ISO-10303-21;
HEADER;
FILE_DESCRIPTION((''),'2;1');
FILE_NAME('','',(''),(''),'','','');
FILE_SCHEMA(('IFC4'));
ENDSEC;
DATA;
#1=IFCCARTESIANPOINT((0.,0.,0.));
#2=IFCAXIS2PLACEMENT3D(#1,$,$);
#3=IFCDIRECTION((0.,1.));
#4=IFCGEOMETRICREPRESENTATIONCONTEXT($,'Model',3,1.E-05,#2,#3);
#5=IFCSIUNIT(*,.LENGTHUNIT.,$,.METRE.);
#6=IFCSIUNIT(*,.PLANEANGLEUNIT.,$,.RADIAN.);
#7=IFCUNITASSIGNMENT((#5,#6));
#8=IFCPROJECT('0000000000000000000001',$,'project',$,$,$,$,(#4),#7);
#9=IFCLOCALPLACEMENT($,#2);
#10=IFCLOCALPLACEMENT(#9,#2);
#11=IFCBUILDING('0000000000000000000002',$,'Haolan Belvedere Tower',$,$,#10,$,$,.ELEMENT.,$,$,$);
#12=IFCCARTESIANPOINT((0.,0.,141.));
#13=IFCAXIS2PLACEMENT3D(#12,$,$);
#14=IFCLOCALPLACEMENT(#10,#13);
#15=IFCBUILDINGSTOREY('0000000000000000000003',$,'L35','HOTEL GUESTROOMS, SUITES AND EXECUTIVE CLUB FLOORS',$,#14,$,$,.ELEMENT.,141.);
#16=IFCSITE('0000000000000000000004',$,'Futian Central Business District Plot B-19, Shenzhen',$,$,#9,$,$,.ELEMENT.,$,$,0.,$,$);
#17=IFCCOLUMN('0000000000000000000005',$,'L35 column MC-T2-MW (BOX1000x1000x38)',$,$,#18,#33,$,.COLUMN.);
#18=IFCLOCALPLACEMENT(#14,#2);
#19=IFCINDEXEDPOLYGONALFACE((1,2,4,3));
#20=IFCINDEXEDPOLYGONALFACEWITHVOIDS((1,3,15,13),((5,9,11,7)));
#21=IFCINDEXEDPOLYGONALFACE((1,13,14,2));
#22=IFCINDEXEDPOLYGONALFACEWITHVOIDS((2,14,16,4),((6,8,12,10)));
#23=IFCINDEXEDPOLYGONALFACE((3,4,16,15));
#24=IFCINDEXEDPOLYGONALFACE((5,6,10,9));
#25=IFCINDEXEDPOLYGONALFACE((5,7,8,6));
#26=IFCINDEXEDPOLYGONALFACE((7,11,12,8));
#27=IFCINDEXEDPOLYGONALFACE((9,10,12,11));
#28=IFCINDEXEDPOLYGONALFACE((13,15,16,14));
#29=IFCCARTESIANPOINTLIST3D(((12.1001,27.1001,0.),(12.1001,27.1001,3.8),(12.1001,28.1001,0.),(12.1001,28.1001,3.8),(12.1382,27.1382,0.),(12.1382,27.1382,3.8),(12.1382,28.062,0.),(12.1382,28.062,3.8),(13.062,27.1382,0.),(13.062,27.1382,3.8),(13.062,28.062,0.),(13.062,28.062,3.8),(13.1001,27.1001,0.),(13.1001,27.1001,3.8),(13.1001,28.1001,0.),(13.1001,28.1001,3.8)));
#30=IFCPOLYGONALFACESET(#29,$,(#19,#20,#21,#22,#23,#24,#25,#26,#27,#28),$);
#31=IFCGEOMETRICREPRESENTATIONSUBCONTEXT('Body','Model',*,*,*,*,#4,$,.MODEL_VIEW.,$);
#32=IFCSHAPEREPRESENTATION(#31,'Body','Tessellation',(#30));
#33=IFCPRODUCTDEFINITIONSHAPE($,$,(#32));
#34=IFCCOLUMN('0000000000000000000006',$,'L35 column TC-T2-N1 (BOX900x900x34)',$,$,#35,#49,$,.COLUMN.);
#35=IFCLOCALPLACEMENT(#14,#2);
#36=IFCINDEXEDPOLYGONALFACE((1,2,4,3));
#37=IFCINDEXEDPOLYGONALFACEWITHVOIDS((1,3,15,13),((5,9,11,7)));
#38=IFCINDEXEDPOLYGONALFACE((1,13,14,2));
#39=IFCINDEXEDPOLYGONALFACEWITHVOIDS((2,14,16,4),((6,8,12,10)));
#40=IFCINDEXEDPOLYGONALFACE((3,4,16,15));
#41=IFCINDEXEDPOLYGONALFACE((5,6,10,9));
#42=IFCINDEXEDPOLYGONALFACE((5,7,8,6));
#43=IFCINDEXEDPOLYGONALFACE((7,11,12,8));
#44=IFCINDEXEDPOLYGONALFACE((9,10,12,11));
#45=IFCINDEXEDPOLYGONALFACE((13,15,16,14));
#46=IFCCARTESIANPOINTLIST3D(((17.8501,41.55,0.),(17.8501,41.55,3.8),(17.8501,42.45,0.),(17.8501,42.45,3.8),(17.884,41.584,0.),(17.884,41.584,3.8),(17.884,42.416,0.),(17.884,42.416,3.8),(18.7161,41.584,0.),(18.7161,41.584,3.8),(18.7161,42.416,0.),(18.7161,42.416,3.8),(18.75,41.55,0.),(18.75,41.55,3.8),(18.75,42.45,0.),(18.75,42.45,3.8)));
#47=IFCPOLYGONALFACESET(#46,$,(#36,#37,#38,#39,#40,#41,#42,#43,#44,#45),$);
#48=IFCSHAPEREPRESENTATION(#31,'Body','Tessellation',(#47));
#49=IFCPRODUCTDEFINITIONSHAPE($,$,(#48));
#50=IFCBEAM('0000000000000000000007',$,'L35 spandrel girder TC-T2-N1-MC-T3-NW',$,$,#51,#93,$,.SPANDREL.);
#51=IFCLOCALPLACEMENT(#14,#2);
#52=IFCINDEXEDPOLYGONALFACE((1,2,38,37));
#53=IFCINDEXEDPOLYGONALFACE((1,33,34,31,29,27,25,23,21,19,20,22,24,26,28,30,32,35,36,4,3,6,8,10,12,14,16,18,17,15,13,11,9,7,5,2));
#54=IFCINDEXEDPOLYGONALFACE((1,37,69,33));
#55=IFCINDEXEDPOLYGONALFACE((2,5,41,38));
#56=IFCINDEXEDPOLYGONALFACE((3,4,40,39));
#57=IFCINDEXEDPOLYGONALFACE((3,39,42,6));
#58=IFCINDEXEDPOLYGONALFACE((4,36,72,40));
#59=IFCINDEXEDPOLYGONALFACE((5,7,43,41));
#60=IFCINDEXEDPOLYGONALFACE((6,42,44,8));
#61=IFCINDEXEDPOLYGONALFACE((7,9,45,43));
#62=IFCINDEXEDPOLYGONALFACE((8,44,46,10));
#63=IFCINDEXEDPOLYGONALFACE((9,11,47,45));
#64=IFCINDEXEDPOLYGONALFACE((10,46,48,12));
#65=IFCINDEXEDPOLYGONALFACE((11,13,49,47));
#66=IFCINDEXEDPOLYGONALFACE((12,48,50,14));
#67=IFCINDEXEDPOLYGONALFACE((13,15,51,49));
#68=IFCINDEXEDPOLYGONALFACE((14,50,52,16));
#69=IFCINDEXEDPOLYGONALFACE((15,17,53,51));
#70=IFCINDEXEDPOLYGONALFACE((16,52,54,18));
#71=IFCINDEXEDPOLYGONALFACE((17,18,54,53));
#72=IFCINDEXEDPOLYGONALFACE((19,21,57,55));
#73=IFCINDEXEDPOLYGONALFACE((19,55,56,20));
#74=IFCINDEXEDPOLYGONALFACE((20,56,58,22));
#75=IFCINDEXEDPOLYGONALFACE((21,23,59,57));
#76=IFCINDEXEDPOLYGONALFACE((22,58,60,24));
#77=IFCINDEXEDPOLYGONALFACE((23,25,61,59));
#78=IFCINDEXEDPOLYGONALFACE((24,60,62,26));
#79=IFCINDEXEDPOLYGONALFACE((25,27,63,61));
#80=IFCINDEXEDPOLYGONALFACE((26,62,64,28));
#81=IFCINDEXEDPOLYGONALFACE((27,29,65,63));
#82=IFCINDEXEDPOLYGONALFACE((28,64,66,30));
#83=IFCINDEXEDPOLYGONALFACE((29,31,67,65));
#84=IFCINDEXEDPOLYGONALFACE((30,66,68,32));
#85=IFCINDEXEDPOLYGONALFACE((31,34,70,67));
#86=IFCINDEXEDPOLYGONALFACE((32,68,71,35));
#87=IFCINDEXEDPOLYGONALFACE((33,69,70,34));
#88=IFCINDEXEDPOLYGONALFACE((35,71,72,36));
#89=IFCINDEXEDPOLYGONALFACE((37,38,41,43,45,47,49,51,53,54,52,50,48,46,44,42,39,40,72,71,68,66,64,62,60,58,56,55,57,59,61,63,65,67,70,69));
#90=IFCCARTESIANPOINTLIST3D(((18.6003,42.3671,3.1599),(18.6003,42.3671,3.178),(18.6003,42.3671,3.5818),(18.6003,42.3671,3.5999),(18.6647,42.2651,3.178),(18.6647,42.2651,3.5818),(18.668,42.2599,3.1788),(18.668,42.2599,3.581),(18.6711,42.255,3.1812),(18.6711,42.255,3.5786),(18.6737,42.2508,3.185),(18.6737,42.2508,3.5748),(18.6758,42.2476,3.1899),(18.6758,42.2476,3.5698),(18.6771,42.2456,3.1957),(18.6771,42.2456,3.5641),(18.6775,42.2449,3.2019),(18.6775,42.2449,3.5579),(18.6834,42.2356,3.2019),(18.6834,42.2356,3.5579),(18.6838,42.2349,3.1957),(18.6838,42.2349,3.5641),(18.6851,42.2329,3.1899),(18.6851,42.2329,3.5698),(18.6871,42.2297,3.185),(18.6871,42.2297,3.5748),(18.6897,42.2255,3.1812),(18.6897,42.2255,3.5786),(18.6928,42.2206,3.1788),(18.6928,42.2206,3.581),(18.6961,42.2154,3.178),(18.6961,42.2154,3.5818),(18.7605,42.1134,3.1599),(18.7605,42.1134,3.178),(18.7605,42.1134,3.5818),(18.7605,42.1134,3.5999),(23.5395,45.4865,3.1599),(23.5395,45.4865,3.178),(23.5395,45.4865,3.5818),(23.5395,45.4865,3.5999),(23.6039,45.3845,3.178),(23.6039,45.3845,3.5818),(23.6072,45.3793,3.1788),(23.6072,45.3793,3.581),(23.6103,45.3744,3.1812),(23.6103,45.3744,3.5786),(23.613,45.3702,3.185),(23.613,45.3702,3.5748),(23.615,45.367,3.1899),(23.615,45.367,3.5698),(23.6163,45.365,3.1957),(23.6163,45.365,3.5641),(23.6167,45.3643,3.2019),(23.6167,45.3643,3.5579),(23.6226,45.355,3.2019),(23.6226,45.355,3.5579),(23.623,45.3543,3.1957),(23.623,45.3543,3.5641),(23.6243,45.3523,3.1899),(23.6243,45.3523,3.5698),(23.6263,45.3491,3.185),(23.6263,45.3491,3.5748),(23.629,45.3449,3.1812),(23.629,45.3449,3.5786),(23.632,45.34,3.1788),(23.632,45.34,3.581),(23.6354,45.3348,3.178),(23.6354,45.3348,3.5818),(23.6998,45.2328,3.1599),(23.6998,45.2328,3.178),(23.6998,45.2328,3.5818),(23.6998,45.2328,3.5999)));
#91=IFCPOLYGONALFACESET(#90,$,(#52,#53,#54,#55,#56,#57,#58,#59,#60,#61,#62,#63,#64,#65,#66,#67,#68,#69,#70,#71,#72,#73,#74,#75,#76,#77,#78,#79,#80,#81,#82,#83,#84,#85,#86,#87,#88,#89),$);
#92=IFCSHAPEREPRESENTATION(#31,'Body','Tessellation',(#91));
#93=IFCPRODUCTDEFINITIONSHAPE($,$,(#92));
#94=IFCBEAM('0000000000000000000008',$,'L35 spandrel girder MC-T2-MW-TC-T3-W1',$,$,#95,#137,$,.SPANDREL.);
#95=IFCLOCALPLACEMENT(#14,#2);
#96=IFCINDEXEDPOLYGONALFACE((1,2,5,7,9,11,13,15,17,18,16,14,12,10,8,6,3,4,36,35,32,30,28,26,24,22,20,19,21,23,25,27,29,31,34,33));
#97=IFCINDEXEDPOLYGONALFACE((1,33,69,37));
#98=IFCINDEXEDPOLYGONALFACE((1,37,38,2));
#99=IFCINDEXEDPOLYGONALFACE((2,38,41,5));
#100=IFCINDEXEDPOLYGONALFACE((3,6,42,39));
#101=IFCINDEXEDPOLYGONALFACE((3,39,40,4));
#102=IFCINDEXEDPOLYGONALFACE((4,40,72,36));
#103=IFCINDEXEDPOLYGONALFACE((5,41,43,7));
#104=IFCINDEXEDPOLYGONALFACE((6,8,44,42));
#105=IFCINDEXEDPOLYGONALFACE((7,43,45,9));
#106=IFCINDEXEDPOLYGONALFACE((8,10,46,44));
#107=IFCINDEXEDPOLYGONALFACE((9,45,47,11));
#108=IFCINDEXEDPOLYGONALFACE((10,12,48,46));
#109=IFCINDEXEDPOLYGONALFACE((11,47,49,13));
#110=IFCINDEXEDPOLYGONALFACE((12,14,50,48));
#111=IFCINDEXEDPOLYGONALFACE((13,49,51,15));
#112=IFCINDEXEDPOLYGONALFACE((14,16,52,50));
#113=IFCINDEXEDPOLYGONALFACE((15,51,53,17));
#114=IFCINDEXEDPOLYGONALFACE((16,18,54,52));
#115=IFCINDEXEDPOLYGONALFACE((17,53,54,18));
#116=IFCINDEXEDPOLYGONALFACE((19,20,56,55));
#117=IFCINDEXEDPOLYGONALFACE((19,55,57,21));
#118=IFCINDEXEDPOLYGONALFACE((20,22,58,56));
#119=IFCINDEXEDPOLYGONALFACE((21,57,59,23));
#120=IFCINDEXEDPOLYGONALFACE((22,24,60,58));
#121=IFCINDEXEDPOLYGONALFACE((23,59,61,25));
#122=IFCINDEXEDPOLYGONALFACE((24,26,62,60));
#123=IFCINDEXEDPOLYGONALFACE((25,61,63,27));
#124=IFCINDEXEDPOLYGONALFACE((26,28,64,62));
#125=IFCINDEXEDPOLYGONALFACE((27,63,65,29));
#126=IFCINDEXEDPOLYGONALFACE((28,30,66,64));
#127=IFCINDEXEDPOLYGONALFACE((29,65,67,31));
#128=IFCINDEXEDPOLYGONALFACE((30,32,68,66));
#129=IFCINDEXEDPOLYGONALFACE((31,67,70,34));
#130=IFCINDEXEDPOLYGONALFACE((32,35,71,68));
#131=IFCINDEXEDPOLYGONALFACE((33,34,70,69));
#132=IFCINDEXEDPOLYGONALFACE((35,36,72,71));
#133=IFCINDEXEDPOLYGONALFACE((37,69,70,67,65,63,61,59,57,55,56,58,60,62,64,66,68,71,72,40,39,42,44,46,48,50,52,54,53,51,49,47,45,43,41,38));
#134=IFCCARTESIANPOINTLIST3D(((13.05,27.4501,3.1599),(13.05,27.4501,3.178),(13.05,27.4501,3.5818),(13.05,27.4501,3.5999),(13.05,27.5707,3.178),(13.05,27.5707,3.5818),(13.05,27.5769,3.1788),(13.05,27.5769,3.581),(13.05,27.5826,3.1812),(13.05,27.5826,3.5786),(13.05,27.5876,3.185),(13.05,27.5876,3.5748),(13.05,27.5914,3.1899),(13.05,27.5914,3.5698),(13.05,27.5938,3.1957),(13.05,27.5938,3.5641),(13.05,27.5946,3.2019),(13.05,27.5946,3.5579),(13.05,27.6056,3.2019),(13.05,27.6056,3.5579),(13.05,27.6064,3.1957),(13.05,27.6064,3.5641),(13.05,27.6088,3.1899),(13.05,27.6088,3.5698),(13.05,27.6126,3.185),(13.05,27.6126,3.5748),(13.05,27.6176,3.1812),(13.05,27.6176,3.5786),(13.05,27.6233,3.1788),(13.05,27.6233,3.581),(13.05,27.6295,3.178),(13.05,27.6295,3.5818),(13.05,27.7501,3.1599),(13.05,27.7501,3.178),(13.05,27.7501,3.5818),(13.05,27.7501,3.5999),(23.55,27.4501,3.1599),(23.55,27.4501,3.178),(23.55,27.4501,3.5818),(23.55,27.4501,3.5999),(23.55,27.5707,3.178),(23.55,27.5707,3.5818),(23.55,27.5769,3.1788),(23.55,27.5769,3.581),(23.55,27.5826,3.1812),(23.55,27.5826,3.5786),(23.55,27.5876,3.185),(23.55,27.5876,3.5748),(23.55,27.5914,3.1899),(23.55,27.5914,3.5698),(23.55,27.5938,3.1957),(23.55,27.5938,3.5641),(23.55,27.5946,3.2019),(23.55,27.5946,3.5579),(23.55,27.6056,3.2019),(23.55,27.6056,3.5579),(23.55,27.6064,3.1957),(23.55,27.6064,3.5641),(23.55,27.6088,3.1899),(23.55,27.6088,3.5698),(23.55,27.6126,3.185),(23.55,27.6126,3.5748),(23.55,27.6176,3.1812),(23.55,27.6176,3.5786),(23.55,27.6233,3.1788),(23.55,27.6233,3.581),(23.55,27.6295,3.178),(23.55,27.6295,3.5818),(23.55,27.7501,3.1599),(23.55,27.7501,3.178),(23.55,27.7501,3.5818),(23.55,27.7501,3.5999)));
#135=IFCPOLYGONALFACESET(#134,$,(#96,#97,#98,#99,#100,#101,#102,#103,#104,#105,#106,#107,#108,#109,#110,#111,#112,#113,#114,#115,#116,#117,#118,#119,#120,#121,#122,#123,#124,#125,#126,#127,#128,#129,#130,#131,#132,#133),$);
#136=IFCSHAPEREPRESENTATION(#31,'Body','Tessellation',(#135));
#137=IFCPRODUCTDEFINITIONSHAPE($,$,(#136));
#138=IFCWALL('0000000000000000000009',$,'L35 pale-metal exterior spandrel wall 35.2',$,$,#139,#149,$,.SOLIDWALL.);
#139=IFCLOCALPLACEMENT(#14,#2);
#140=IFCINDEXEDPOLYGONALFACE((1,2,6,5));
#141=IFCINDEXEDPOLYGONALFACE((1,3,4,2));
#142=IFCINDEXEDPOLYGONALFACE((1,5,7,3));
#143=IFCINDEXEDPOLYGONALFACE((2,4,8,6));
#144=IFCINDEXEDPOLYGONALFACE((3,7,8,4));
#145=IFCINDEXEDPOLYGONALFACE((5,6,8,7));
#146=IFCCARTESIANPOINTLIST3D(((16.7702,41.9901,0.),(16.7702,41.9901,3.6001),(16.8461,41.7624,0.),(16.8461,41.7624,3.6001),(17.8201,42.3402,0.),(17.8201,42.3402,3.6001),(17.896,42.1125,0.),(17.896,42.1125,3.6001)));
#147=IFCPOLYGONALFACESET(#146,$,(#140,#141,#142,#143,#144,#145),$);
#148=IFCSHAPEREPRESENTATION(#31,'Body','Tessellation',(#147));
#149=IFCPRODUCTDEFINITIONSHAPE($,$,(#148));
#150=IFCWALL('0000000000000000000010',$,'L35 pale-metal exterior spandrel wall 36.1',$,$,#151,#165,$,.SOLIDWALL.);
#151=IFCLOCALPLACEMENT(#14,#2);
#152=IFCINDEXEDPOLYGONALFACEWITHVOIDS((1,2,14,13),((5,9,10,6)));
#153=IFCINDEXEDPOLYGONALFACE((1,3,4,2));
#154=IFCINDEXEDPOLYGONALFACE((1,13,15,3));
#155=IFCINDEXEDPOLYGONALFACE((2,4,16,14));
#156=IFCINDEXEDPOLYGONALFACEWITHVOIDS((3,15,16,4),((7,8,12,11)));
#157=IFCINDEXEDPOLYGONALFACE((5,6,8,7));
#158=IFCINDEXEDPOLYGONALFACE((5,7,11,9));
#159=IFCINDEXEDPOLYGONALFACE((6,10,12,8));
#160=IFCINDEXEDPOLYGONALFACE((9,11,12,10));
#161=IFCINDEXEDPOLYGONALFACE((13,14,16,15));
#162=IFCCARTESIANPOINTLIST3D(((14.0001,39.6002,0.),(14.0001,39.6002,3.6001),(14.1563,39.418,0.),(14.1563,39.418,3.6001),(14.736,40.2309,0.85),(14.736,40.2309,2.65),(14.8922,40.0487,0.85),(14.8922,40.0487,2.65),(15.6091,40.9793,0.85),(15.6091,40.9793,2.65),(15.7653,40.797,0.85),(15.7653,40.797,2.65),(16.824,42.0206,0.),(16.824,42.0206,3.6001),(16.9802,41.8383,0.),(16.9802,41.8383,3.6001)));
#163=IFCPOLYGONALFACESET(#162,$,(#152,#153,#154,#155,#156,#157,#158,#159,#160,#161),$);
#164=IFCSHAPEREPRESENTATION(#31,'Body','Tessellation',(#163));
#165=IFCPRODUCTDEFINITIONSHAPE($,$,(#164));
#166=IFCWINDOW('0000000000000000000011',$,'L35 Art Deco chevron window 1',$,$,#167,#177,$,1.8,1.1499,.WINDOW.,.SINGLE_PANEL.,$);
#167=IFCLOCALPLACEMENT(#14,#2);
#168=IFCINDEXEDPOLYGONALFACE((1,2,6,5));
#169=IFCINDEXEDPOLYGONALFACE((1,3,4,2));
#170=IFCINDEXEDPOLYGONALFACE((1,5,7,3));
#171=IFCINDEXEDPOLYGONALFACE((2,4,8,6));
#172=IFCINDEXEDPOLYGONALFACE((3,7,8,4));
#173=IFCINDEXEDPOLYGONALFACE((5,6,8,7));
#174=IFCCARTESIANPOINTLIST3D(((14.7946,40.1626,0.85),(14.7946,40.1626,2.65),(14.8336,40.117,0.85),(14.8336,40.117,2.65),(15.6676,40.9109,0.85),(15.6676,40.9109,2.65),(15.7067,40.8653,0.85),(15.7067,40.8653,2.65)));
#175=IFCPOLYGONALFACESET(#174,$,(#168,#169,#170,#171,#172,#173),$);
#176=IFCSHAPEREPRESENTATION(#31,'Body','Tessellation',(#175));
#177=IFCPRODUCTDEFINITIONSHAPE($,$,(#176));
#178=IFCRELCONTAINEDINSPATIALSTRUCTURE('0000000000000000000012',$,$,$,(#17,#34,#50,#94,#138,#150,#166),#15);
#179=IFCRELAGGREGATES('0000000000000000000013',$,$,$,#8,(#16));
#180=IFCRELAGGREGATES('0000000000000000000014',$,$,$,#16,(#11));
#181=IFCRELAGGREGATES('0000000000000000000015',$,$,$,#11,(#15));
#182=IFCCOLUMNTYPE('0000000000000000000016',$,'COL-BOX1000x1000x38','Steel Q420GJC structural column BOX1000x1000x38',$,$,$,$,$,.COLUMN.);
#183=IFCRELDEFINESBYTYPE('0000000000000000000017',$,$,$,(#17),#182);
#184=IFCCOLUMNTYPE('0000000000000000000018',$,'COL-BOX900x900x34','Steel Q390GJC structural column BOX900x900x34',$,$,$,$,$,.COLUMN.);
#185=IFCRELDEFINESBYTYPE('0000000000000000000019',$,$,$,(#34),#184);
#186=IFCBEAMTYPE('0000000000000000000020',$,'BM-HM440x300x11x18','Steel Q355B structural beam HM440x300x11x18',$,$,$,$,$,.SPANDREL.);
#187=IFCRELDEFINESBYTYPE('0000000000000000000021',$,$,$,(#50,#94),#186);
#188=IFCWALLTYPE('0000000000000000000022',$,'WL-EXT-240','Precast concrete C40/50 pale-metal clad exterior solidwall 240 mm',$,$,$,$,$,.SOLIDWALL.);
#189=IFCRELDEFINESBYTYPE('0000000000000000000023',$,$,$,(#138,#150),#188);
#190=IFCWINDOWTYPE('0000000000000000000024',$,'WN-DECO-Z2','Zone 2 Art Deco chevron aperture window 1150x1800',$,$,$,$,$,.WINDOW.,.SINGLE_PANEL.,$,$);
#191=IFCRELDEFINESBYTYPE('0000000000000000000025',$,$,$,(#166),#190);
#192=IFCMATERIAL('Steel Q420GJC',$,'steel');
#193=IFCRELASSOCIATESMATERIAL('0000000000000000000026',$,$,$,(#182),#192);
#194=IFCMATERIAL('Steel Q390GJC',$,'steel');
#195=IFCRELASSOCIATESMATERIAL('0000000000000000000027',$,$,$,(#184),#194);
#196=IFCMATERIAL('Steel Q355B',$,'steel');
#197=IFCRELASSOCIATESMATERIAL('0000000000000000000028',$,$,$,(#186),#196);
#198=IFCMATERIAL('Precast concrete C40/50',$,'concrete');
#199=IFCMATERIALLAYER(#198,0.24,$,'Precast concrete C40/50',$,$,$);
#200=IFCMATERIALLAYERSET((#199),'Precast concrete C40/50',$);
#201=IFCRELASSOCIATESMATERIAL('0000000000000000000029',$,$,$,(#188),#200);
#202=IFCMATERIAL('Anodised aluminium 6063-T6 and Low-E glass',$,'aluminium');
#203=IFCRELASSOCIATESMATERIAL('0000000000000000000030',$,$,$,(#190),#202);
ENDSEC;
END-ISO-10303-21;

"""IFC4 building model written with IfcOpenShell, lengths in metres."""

from ifc_helpers import new_model, si_unit, direction, frame, frame_2d, origin, origin_2d, place, context, subcontext, project, spatial, rectangle, hollow_rectangle, i_section, extrude, material, layer, layer_set, material_profile, profile_set, type_object, element, fill, save


model = new_model("IFC4")

# Units and contexts
model_context = context("Model", 3, precision=1e-05, world=origin(), true_north=direction((0.0, 1.0)))
body_context = subcontext(model_context, "Body", "Model", "MODEL_VIEW")
ifc_project = project(units=[si_unit("LENGTHUNIT", "METRE"), si_unit("PLANEANGLEUNIT", "RADIAN")], contexts=[model_context])

# Site, building, storey
site_placement = place(None, origin())
site = spatial("IfcSite", under=ifc_project, at=site_placement, Name="Futian Central Business District Plot B-19, Shenzhen", CompositionType="ELEMENT", RefElevation=0.0)
building_placement = place(site_placement, origin())
building = spatial("IfcBuilding", under=site, at=building_placement, Name="Haolan Belvedere Tower", CompositionType="ELEMENT")
storey_placement = place(building_placement, frame((0.0, 0.0, 141.0)))
storey = spatial("IfcBuildingStorey", under=building, at=storey_placement, Name="L35", Description="HOTEL GUESTROOMS, SUITES AND EXECUTIVE CLUB FLOORS", CompositionType="ELEMENT", Elevation=141.0)

# Columns
ifc_material_1 = material(Name="Steel Q420GJC", Category="steel")
ifc_material_profile_1 = material_profile(ifc_material_1, hollow_rectangle(XDim=1.0, YDim=1.0, WallThickness=0.0381, at=origin_2d()), Name="Steel Q420GJC")
ifc_profile_set_1 = profile_set([ifc_material_profile_1], Name="Steel Q420GJC")
column_type_1 = type_object("IfcColumnType", Name="COL-BOX1000x1000x38", Description="Steel Q420GJC structural column BOX1000x1000x38", PredefinedType="COLUMN", material=ifc_profile_set_1)
column_1_placement = place(storey_placement, frame((12.6001, 27.6001, 0.0), z_axis=(0.0, 0.0, 1.0), x_axis=(1.0, 0.0, 0.0)))
element("IfcColumn", 1, at=column_1_placement, inside=storey, type_object=column_type_1, Name="L35 column MC-T2-MW (BOX1000x1000x38)", PredefinedType="COLUMN", context=body_context, shape_type="SweptSolid", body=[
    extrude(hollow_rectangle(XDim=1.0, YDim=1.0, WallThickness=0.0381, at=origin_2d()), origin(), (0.0, 0.0, 1.0), 3.8),
])
ifc_material_2 = material(Name="Steel Q390GJC", Category="steel")
ifc_material_profile_2 = material_profile(ifc_material_2, hollow_rectangle(XDim=0.8999, YDim=0.8999, WallThickness=0.0339, at=origin_2d()), Name="Steel Q390GJC")
ifc_profile_set_2 = profile_set([ifc_material_profile_2], Name="Steel Q390GJC")
column_type_2 = type_object("IfcColumnType", Name="COL-BOX900x900x34", Description="Steel Q390GJC structural column BOX900x900x34", PredefinedType="COLUMN", material=ifc_profile_set_2)
column_2_placement = place(storey_placement, frame((18.3, 42.0, 0.0), z_axis=(0.0, 0.0, 1.0), x_axis=(1.0, 0.0, 0.0)))
element("IfcColumn", 2, at=column_2_placement, inside=storey, type_object=column_type_2, Name="L35 column TC-T2-N1 (BOX900x900x34)", PredefinedType="COLUMN", context=body_context, shape_type="SweptSolid", body=[
    extrude(hollow_rectangle(XDim=0.8999, YDim=0.8999, WallThickness=0.0339, at=origin_2d()), origin(), (0.0, 0.0, 1.0), 3.8),
])

# Beams
ifc_material_3 = material(Name="Steel Q355B", Category="steel")
ifc_material_profile_3 = material_profile(ifc_material_3, i_section(OverallWidth=0.3, OverallDepth=0.4399, WebThickness=0.011, FlangeThickness=0.0181, FilletRadius=0.0239, at=origin_2d()), Name="Steel Q355B")
ifc_profile_set_3 = profile_set([ifc_material_profile_3], Name="Steel Q355B")
beam_type = type_object("IfcBeamType", Name="BM-HM440x300x11x18", Description="Steel Q355B structural beam HM440x300x11x18", PredefinedType="SPANDREL", material=ifc_profile_set_3)
beam_1_placement = place(storey_placement, frame((18.6804, 42.2402, 3.3799), z_axis=(0.845498, 0.533979, 0.0), x_axis=(-0.533979, 0.845498, 0.0)))
element("IfcBeam", 3, at=beam_1_placement, inside=storey, type_object=beam_type, Name="L35 spandrel girder TC-T2-N1-MC-T3-NW", PredefinedType="SPANDREL", context=body_context, shape_type="SweptSolid", body=[
    extrude(i_section(OverallWidth=0.3, OverallDepth=0.4399, WebThickness=0.011, FlangeThickness=0.0181, FilletRadius=0.0239, at=origin_2d()), origin(), (0.0, 0.0, 1.0), 5.8418),
])
beam_2_placement = place(storey_placement, frame((13.05, 27.6001, 3.3799), z_axis=(1.0, 0.0, 0.0), x_axis=(0.0, 1.0, 0.0)))
element("IfcBeam", 4, at=beam_2_placement, inside=storey, type_object=beam_type, Name="L35 spandrel girder MC-T2-MW-TC-T3-W1", PredefinedType="SPANDREL", context=body_context, shape_type="SweptSolid", body=[
    extrude(i_section(OverallWidth=0.3, OverallDepth=0.4399, WebThickness=0.011, FlangeThickness=0.0181, FilletRadius=0.0239, at=origin_2d()), origin(), (0.0, 0.0, 1.0), 10.5),
])

# Wall
ifc_material_4 = material(Name="Precast concrete C40/50", Category="concrete")
ifc_layer_1 = layer(ifc_material_4, 0.24, Name="Precast concrete C40/50")
ifc_layer_set_1 = layer_set([ifc_layer_1], Name="Precast concrete C40/50")
wall_type_1 = type_object("IfcWallType", Name="WL-EXT-240", Description="Precast concrete C40/50 pale-metal clad exterior solidwall 240 mm", PredefinedType="SOLIDWALL", material=ifc_layer_set_1)
wall_1_placement = place(storey_placement, frame((17.8579, 42.2263, 0.0), z_axis=(0.0, 0.0, 1.0), x_axis=(-0.948639, -0.31636, 0.0)))
element("IfcWall", 5, at=wall_1_placement, inside=storey, type_object=wall_type_1, Name="L35 pale-metal exterior spandrel wall 35.2", PredefinedType="SOLIDWALL", context=body_context, shape_type="SweptSolid", body=[
    extrude(rectangle(XDim=1.1067, YDim=0.24, at=frame_2d((0.5532, 0.0))), origin(), (0.0, 0.0, 1.0), 3.6001),
])

# Wall, opening, window
wall_2_placement = place(storey_placement, frame((16.9021, 41.9294, 0.0), z_axis=(0.0, 0.0, 1.0), x_axis=(-0.759275, -0.65077, 0.0)))
wall_2 = element("IfcWall", 6, at=wall_2_placement, inside=storey, type_object=wall_type_1, Name="L35 pale-metal exterior spandrel wall 36.1", PredefinedType="SOLIDWALL", context=body_context, shape_type="SweptSolid", body=[
    extrude(rectangle(XDim=3.7192, YDim=0.24, at=frame_2d((1.8596, 0.0))), origin(), (0.0, 0.0, 1.0), 3.6001),
])
opening_1_placement = place(wall_2_placement, frame((1.6001, 0.0, 0.8501)))
opening_1 = element("IfcOpeningElement", 7, at=opening_1_placement, cuts=wall_2, PredefinedType="OPENING", context=body_context, shape_type="SweptSolid", body=[
    extrude(rectangle(XDim=1.1499, YDim=1.8, at=frame_2d((0.575, 0.8999))), frame((0.0, 0.1299, 0.0), z_axis=(0.0, -1.0, 0.0), x_axis=(1.0, 0.0, 0.0)), (0.0, 0.0, 1.0), 0.26),
])
ifc_material_5 = material(Name="Anodised aluminium 6063-T6 and Low-E glass", Category="aluminium")
window_type = type_object("IfcWindowType", Name="WN-DECO-Z2", Description="Zone 2 Art Deco chevron aperture window 1150x1800", PartitioningType="SINGLE_PANEL", PredefinedType="WINDOW", material=ifc_material_5)
window_1_placement = place(opening_1_placement, origin())
window_1 = element("IfcWindow", 8, at=window_1_placement, inside=storey, type_object=window_type, Name="L35 Art Deco chevron window 1", OverallHeight=1.8, OverallWidth=1.1499, PartitioningType="SINGLE_PANEL", PredefinedType="WINDOW", context=body_context, shape_type="SweptSolid", body=[
    extrude(rectangle(XDim=1.1499, YDim=1.8, at=frame_2d((0.575, 0.8999))), frame((0.0, 0.03, 0.0), z_axis=(0.0, -1.0, 0.0), x_axis=(1.0, 0.0, 0.0)), (0.0, 0.0, 1.0), 0.0601),
])
fill(opening_1, window_1)

save(model, "model.ifc")
